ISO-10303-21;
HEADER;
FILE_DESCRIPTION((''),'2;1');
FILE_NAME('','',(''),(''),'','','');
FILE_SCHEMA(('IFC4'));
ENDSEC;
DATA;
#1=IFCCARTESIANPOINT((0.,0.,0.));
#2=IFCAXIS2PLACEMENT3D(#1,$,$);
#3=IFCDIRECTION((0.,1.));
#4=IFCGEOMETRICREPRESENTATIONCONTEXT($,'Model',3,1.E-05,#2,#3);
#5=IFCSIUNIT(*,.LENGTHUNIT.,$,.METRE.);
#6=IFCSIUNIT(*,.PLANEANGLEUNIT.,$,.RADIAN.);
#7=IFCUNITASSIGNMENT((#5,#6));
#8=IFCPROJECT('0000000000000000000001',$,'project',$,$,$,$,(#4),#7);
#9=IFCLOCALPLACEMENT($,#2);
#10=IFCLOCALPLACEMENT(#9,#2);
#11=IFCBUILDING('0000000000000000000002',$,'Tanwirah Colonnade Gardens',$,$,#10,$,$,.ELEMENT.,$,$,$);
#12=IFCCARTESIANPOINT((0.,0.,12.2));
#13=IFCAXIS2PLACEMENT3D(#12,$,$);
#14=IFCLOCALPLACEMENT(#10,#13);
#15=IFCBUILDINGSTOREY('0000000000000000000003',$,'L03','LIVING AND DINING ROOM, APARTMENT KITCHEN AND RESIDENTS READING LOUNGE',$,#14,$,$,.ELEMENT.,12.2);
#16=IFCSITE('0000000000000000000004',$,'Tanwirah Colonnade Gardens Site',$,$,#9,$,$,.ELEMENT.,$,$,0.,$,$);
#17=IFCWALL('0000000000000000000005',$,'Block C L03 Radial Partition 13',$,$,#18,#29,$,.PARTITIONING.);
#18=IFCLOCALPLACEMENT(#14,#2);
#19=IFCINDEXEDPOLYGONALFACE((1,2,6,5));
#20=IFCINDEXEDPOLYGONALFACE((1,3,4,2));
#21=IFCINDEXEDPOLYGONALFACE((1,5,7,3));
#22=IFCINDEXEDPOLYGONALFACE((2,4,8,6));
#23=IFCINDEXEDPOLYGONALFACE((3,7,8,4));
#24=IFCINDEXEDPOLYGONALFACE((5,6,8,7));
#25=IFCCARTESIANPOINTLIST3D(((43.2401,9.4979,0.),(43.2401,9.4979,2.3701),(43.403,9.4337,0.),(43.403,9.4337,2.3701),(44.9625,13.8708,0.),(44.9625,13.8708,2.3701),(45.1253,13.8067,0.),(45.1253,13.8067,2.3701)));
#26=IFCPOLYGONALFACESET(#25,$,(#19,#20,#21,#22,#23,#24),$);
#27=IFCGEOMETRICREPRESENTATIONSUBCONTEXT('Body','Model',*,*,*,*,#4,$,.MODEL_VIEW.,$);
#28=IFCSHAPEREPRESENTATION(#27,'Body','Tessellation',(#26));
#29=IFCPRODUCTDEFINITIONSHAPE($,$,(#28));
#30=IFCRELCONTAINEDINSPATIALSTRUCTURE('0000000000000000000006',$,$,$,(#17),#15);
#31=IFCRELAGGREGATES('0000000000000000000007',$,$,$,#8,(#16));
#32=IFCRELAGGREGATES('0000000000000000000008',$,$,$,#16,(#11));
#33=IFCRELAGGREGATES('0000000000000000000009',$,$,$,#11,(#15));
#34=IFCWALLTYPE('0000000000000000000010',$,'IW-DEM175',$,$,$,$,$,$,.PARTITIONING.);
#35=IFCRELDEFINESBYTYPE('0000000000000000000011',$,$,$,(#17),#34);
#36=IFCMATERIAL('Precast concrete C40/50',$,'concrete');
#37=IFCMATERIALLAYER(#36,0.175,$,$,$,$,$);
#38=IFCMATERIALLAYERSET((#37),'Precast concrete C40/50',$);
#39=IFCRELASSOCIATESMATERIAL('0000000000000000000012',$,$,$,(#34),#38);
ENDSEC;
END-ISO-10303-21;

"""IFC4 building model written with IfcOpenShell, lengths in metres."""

from ifc_helpers import new_model, si_unit, direction, frame, frame_2d, origin, place, context, subcontext, project, spatial, rectangle, extrude, material, layer, layer_set, type_object, element, save


model = new_model("IFC4")

# Units and contexts
model_context = context("Model", 3, precision=1e-05, world=origin(), true_north=direction((0.0, 1.0)))
body_context = subcontext(model_context, "Body", "Model", "MODEL_VIEW")
ifc_project = project(units=[si_unit("LENGTHUNIT", "METRE"), si_unit("PLANEANGLEUNIT", "RADIAN")], contexts=[model_context])

# Site, building, storey
site_placement = place(None, origin())
site = spatial("IfcSite", under=ifc_project, at=site_placement, Name="Tanwirah Colonnade Gardens Site", CompositionType="ELEMENT", RefElevation=0.0)
building_placement = place(site_placement, origin())
building = spatial("IfcBuilding", under=site, at=building_placement, Name="Tanwirah Colonnade Gardens", CompositionType="ELEMENT")
storey_placement = place(building_placement, frame((0.0, 0.0, 12.2)))
storey = spatial("IfcBuildingStorey", under=building, at=storey_placement, Name="L03", Description="LIVING AND DINING ROOM, APARTMENT KITCHEN AND RESIDENTS READING LOUNGE", CompositionType="ELEMENT", Elevation=12.2)

# Shared definitions
ifc_material_1 = material(Name="Precast concrete C40/50", Category="concrete")

# Wall
ifc_layer_1 = layer(ifc_material_1, 0.175)
ifc_layer_set_1 = layer_set([ifc_layer_1], Name="Precast concrete C40/50")
wall_type_1 = type_object("IfcWallType", Name="IW-DEM175", PredefinedType="PARTITIONING", material=ifc_layer_set_1)
wall_1_placement = place(storey_placement, frame((45.0439, 13.8389, 0.0), z_axis=(0.0, 0.0, 1.0), x_axis=(-0.366469, -0.93043, 0.0)))
element("IfcWall", 1, at=wall_1_placement, inside=storey, type_object=wall_type_1, Name="Block C L03 Radial Partition 13", PredefinedType="PARTITIONING", context=body_context, shape_type="SweptSolid", body=[
    extrude(rectangle(XDim=4.7, YDim=0.175, at=frame_2d((2.3501, 0.0))), origin(), (0.0, 0.0, 1.0), 2.3701),
])

save(model, "model.ifc")
